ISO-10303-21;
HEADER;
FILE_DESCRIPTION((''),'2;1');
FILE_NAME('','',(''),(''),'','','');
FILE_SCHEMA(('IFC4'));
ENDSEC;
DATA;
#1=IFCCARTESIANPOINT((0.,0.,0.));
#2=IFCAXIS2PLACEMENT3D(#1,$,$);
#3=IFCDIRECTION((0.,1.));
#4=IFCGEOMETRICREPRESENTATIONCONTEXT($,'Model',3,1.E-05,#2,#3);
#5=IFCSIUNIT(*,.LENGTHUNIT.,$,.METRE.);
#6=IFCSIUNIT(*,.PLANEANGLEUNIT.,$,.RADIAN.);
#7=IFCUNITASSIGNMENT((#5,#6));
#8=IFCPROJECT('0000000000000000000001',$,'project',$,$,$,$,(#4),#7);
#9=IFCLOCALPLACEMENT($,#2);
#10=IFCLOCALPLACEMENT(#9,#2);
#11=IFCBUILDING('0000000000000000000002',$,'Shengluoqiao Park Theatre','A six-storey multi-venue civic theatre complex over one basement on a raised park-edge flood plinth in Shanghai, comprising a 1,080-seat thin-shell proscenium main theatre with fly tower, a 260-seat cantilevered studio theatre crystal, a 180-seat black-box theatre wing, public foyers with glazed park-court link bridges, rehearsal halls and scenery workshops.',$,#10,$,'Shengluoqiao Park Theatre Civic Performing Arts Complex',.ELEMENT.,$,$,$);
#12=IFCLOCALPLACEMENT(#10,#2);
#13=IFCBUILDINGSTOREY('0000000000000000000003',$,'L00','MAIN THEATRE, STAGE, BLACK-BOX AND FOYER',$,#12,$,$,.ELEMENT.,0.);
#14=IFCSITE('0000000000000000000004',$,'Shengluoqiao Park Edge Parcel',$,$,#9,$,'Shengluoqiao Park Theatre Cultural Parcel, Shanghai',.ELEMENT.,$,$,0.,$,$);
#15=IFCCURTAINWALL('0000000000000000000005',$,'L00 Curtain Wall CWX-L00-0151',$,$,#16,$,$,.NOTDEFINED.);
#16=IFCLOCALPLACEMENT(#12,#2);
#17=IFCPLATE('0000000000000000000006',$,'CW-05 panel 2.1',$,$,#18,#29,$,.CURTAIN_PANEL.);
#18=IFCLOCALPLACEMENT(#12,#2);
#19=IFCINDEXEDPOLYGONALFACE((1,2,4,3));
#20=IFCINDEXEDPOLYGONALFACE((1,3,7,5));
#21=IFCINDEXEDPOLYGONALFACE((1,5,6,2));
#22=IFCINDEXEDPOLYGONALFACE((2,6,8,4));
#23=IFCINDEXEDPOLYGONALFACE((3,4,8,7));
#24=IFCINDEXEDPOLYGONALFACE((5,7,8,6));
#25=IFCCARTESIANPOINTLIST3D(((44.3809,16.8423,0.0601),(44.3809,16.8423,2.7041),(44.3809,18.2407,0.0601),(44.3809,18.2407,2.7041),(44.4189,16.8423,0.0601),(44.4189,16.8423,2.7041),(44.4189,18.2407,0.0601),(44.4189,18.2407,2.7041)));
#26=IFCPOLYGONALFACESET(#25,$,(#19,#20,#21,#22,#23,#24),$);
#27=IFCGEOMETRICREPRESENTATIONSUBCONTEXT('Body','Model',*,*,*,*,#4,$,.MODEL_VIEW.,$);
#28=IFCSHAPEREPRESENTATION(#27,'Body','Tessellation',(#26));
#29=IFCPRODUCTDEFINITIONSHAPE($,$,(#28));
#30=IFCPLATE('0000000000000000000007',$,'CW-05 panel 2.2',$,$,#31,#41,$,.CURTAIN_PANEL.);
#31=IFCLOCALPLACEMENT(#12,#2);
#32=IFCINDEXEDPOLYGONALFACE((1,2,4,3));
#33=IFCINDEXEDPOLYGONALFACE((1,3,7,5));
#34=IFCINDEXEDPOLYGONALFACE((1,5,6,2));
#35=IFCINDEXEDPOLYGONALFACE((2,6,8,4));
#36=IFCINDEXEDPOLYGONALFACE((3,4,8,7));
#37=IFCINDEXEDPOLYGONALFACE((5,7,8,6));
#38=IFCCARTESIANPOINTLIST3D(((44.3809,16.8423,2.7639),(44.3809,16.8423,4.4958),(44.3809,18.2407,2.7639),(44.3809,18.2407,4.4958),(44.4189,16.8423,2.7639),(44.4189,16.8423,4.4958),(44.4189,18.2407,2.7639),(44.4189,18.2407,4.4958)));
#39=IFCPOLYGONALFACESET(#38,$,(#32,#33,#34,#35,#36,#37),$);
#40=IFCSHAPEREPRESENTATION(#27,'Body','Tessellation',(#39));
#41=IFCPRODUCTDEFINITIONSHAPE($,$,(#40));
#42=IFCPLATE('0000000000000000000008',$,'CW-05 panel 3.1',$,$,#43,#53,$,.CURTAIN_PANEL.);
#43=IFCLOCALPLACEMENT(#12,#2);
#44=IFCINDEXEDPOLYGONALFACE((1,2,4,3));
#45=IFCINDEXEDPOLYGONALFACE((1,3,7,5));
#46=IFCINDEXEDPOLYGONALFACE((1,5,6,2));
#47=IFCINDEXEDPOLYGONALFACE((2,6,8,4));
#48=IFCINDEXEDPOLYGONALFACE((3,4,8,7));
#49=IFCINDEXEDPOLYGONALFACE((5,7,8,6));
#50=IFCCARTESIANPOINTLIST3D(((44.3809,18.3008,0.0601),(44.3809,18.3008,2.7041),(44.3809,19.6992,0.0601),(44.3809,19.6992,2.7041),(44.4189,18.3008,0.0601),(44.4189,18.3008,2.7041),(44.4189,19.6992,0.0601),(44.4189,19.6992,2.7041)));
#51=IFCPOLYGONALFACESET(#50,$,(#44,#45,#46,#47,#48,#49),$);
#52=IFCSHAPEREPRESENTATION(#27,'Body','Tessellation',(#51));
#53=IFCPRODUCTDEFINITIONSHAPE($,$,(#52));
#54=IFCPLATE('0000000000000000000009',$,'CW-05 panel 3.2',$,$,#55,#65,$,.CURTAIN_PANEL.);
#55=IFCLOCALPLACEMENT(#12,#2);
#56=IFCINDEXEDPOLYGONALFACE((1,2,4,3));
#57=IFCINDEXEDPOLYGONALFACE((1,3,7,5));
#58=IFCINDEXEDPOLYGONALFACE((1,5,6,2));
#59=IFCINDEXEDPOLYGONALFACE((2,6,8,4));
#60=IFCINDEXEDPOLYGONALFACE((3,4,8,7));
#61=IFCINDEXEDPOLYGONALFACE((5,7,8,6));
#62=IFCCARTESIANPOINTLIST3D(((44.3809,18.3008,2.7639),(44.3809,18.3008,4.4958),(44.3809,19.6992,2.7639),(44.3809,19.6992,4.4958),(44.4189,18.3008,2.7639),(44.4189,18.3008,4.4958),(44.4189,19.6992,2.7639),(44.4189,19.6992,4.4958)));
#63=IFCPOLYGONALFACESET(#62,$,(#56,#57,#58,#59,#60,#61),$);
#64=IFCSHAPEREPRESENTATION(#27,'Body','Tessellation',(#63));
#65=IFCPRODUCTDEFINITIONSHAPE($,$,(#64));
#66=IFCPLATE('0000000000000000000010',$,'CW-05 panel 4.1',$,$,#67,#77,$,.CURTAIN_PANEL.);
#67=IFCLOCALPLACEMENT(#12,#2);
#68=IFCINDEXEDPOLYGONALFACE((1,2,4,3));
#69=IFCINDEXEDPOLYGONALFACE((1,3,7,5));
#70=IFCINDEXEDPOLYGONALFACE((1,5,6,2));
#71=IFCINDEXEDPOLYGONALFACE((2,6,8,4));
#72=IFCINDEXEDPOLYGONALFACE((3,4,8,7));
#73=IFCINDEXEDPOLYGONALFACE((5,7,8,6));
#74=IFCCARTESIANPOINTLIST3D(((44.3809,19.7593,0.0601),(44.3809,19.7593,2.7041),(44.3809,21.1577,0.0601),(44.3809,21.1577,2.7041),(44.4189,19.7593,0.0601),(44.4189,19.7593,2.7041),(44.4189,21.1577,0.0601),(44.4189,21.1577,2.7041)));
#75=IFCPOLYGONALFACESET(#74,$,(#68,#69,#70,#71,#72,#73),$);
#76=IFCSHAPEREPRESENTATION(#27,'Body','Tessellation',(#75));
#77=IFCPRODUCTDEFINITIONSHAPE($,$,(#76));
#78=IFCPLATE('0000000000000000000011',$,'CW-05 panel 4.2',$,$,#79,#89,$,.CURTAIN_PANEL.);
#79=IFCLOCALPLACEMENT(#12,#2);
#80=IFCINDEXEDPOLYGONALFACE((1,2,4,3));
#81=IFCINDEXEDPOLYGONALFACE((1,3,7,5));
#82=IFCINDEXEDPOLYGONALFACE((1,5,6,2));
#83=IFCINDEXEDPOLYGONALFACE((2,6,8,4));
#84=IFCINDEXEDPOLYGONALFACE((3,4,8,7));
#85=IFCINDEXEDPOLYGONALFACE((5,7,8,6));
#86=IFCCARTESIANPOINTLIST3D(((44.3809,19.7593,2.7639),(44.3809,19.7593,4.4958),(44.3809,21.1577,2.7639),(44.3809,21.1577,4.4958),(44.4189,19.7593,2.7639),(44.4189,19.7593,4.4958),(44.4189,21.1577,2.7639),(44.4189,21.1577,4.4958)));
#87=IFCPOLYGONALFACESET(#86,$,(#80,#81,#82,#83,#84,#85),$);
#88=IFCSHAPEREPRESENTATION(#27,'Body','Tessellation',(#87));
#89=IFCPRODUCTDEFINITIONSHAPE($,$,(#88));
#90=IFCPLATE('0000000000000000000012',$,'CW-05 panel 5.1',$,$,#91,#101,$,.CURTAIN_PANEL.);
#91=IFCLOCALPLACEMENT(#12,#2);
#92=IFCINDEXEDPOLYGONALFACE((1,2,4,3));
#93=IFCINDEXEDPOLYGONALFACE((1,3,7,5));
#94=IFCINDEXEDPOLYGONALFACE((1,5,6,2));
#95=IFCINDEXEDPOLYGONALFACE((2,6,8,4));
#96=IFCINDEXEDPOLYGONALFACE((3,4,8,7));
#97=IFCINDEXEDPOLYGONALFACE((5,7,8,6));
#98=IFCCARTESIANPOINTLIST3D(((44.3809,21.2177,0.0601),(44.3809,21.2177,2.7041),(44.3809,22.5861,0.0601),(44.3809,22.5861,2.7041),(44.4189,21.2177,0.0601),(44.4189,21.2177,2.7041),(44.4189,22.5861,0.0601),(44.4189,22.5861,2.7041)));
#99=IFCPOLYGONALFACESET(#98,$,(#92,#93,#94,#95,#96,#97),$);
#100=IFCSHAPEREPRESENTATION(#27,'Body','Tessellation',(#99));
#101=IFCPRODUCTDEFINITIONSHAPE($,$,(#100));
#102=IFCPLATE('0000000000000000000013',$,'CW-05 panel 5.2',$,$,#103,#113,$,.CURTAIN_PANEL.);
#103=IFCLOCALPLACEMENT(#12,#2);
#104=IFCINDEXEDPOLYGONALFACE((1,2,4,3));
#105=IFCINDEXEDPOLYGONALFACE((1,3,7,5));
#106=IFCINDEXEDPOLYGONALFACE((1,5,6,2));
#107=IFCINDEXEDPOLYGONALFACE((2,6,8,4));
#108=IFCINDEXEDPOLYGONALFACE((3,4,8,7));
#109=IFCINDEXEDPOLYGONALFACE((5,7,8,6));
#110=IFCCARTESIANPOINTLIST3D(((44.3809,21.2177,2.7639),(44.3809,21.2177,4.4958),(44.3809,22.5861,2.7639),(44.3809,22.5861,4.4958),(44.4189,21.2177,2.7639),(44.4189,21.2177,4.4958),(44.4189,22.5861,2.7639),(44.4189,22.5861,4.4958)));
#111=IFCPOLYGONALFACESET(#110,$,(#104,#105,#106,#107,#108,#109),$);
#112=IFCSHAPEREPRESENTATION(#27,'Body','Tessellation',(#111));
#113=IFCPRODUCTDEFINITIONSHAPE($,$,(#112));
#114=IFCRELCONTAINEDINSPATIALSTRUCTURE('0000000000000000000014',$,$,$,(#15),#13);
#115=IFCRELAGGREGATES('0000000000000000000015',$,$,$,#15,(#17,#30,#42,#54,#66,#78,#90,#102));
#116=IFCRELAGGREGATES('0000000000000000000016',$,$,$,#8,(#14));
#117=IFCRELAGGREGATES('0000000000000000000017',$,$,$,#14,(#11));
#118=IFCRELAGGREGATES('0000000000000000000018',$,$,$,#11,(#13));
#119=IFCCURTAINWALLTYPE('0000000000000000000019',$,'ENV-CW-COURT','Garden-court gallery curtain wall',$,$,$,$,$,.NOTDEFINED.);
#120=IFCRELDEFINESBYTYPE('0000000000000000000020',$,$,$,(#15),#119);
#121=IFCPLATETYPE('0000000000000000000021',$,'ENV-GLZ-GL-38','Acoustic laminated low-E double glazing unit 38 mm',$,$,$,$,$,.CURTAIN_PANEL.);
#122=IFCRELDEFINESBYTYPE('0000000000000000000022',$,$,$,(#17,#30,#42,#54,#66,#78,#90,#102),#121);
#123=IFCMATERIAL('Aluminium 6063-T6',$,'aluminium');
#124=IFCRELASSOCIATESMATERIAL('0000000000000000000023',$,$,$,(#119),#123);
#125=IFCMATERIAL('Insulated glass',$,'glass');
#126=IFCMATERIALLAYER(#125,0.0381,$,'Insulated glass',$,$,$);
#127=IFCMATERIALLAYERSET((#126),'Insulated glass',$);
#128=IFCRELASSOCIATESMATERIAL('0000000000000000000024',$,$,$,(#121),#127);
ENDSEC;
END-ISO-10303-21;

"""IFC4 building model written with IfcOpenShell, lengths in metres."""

from ifc_helpers import new_model, si_unit, direction, frame, origin, origin_2d, place, context, subcontext, project, spatial, rectangle, extrude, material, layer, layer_set, type_object, element, aggregate, save


model = new_model("IFC4")

# Units and contexts
model_context = context("Model", 3, precision=1e-05, world=origin(), true_north=direction((0.0, 1.0)))
body_context = subcontext(model_context, "Body", "Model", "MODEL_VIEW")
ifc_project = project(units=[si_unit("LENGTHUNIT", "METRE"), si_unit("PLANEANGLEUNIT", "RADIAN")], contexts=[model_context])

# Site, building, storey
site_placement = place(None, origin())
site = spatial("IfcSite", under=ifc_project, at=site_placement, Name="Shengluoqiao Park Edge Parcel", LongName="Shengluoqiao Park Theatre Cultural Parcel, Shanghai", CompositionType="ELEMENT", RefElevation=0.0)
building_placement = place(site_placement, origin())
building = spatial("IfcBuilding", under=site, at=building_placement, Name="Shengluoqiao Park Theatre", Description="A six-storey multi-venue civic theatre complex over one basement on a raised park-edge flood plinth in Shanghai, comprising a 1,080-seat thin-shell proscenium main theatre with fly tower, a 260-seat cantilevered studio theatre crystal, a 180-seat black-box theatre wing, public foyers with glazed park-court link bridges, rehearsal halls and scenery workshops.", LongName="Shengluoqiao Park Theatre Civic Performing Arts Complex", CompositionType="ELEMENT")
storey_placement = place(building_placement, origin())
storey = spatial("IfcBuildingStorey", under=building, at=storey_placement, Name="L00", Description="MAIN THEATRE, STAGE, BLACK-BOX AND FOYER", CompositionType="ELEMENT", Elevation=0.0)

# Shared definitions
ifc_material_1 = material(Name="Aluminium 6063-T6", Category="aluminium")
curtain_wall_type = type_object("IfcCurtainWallType", Name="ENV-CW-COURT", Description="Garden-court gallery curtain wall", PredefinedType="NOTDEFINED", material=ifc_material_1)

# Curtain wall
curtain_wall_1_placement = place(storey_placement, origin())
curtain_wall_1 = element("IfcCurtainWall", 1, at=curtain_wall_1_placement, inside=storey, type_object=curtain_wall_type, Name="L00 Curtain Wall CWX-L00-0151", PredefinedType="NOTDEFINED")

# Plates
ifc_material_2 = material(Name="Insulated glass", Category="glass")
ifc_layer = layer(ifc_material_2, 0.0381, Name="Insulated glass")
ifc_layer_set = layer_set([ifc_layer], Name="Insulated glass")
plate_type = type_object("IfcPlateType", Name="ENV-GLZ-GL-38", Description="Acoustic laminated low-E double glazing unit 38 mm", PredefinedType="CURTAIN_PANEL", material=ifc_layer_set)
plate_1_placement = place(storey_placement, frame((44.3999, 17.5415, 0.0601), z_axis=(0.0, 0.0, 1.0), x_axis=(0.0, 1.0, 0.0)))
plate_1 = element("IfcPlate", 2, at=plate_1_placement, type_object=plate_type, Name="CW-05 panel 2.1", PredefinedType="CURTAIN_PANEL", context=body_context, shape_type="SweptSolid", body=[
    extrude(rectangle(XDim=1.3984, YDim=0.0381, at=origin_2d()), origin(), (0.0, 0.0, 1.0), 2.644),
])
plate_2_placement = place(storey_placement, frame((44.3999, 17.5415, 2.7639), z_axis=(0.0, 0.0, 1.0), x_axis=(0.0, 1.0, 0.0)))
plate_2 = element("IfcPlate", 3, at=plate_2_placement, type_object=plate_type, Name="CW-05 panel 2.2", PredefinedType="CURTAIN_PANEL", context=body_context, shape_type="SweptSolid", body=[
    extrude(rectangle(XDim=1.3984, YDim=0.0381, at=origin_2d()), origin(), (0.0, 0.0, 1.0), 1.7319),
])
plate_3_placement = place(storey_placement, frame((44.3999, 19.0, 0.0601), z_axis=(0.0, 0.0, 1.0), x_axis=(0.0, 1.0, 0.0)))
plate_3 = element("IfcPlate", 4, at=plate_3_placement, type_object=plate_type, Name="CW-05 panel 3.1", PredefinedType="CURTAIN_PANEL", context=body_context, shape_type="SweptSolid", body=[
    extrude(rectangle(XDim=1.3984, YDim=0.0381, at=origin_2d()), origin(), (0.0, 0.0, 1.0), 2.644),
])
plate_4_placement = place(storey_placement, frame((44.3999, 19.0, 2.7639), z_axis=(0.0, 0.0, 1.0), x_axis=(0.0, 1.0, 0.0)))
plate_4 = element("IfcPlate", 5, at=plate_4_placement, type_object=plate_type, Name="CW-05 panel 3.2", PredefinedType="CURTAIN_PANEL", context=body_context, shape_type="SweptSolid", body=[
    extrude(rectangle(XDim=1.3984, YDim=0.0381, at=origin_2d()), origin(), (0.0, 0.0, 1.0), 1.7319),
])
plate_5_placement = place(storey_placement, frame((44.3999, 20.4585, 0.0601), z_axis=(0.0, 0.0, 1.0), x_axis=(0.0, 1.0, 0.0)))
plate_5 = element("IfcPlate", 6, at=plate_5_placement, type_object=plate_type, Name="CW-05 panel 4.1", PredefinedType="CURTAIN_PANEL", context=body_context, shape_type="SweptSolid", body=[
    extrude(rectangle(XDim=1.3984, YDim=0.0381, at=origin_2d()), origin(), (0.0, 0.0, 1.0), 2.644),
])
plate_6_placement = place(storey_placement, frame((44.3999, 20.4585, 2.7639), z_axis=(0.0, 0.0, 1.0), x_axis=(0.0, 1.0, 0.0)))
plate_6 = element("IfcPlate", 7, at=plate_6_placement, type_object=plate_type, Name="CW-05 panel 4.2", PredefinedType="CURTAIN_PANEL", context=body_context, shape_type="SweptSolid", body=[
    extrude(rectangle(XDim=1.3984, YDim=0.0381, at=origin_2d()), origin(), (0.0, 0.0, 1.0), 1.7319),
])
plate_7_placement = place(storey_placement, frame((44.3999, 21.9019, 0.0601), z_axis=(0.0, 0.0, 1.0), x_axis=(0.0, 1.0, 0.0)))
plate_7 = element("IfcPlate", 8, at=plate_7_placement, type_object=plate_type, Name="CW-05 panel 5.1", PredefinedType="CURTAIN_PANEL", context=body_context, shape_type="SweptSolid", body=[
    extrude(rectangle(XDim=1.3684, YDim=0.0381, at=origin_2d()), origin(), (0.0, 0.0, 1.0), 2.644),
])
plate_8_placement = place(storey_placement, frame((44.3999, 21.9019, 2.7639), z_axis=(0.0, 0.0, 1.0), x_axis=(0.0, 1.0, 0.0)))
plate_8 = element("IfcPlate", 9, at=plate_8_placement, type_object=plate_type, Name="CW-05 panel 5.2", PredefinedType="CURTAIN_PANEL", context=body_context, shape_type="SweptSolid", body=[
    extrude(rectangle(XDim=1.3684, YDim=0.0381, at=origin_2d()), origin(), (0.0, 0.0, 1.0), 1.7319),
])
aggregate(curtain_wall_1, [plate_1, plate_2, plate_3, plate_4, plate_5, plate_6, plate_7, plate_8])

save(model, "model.ifc")
